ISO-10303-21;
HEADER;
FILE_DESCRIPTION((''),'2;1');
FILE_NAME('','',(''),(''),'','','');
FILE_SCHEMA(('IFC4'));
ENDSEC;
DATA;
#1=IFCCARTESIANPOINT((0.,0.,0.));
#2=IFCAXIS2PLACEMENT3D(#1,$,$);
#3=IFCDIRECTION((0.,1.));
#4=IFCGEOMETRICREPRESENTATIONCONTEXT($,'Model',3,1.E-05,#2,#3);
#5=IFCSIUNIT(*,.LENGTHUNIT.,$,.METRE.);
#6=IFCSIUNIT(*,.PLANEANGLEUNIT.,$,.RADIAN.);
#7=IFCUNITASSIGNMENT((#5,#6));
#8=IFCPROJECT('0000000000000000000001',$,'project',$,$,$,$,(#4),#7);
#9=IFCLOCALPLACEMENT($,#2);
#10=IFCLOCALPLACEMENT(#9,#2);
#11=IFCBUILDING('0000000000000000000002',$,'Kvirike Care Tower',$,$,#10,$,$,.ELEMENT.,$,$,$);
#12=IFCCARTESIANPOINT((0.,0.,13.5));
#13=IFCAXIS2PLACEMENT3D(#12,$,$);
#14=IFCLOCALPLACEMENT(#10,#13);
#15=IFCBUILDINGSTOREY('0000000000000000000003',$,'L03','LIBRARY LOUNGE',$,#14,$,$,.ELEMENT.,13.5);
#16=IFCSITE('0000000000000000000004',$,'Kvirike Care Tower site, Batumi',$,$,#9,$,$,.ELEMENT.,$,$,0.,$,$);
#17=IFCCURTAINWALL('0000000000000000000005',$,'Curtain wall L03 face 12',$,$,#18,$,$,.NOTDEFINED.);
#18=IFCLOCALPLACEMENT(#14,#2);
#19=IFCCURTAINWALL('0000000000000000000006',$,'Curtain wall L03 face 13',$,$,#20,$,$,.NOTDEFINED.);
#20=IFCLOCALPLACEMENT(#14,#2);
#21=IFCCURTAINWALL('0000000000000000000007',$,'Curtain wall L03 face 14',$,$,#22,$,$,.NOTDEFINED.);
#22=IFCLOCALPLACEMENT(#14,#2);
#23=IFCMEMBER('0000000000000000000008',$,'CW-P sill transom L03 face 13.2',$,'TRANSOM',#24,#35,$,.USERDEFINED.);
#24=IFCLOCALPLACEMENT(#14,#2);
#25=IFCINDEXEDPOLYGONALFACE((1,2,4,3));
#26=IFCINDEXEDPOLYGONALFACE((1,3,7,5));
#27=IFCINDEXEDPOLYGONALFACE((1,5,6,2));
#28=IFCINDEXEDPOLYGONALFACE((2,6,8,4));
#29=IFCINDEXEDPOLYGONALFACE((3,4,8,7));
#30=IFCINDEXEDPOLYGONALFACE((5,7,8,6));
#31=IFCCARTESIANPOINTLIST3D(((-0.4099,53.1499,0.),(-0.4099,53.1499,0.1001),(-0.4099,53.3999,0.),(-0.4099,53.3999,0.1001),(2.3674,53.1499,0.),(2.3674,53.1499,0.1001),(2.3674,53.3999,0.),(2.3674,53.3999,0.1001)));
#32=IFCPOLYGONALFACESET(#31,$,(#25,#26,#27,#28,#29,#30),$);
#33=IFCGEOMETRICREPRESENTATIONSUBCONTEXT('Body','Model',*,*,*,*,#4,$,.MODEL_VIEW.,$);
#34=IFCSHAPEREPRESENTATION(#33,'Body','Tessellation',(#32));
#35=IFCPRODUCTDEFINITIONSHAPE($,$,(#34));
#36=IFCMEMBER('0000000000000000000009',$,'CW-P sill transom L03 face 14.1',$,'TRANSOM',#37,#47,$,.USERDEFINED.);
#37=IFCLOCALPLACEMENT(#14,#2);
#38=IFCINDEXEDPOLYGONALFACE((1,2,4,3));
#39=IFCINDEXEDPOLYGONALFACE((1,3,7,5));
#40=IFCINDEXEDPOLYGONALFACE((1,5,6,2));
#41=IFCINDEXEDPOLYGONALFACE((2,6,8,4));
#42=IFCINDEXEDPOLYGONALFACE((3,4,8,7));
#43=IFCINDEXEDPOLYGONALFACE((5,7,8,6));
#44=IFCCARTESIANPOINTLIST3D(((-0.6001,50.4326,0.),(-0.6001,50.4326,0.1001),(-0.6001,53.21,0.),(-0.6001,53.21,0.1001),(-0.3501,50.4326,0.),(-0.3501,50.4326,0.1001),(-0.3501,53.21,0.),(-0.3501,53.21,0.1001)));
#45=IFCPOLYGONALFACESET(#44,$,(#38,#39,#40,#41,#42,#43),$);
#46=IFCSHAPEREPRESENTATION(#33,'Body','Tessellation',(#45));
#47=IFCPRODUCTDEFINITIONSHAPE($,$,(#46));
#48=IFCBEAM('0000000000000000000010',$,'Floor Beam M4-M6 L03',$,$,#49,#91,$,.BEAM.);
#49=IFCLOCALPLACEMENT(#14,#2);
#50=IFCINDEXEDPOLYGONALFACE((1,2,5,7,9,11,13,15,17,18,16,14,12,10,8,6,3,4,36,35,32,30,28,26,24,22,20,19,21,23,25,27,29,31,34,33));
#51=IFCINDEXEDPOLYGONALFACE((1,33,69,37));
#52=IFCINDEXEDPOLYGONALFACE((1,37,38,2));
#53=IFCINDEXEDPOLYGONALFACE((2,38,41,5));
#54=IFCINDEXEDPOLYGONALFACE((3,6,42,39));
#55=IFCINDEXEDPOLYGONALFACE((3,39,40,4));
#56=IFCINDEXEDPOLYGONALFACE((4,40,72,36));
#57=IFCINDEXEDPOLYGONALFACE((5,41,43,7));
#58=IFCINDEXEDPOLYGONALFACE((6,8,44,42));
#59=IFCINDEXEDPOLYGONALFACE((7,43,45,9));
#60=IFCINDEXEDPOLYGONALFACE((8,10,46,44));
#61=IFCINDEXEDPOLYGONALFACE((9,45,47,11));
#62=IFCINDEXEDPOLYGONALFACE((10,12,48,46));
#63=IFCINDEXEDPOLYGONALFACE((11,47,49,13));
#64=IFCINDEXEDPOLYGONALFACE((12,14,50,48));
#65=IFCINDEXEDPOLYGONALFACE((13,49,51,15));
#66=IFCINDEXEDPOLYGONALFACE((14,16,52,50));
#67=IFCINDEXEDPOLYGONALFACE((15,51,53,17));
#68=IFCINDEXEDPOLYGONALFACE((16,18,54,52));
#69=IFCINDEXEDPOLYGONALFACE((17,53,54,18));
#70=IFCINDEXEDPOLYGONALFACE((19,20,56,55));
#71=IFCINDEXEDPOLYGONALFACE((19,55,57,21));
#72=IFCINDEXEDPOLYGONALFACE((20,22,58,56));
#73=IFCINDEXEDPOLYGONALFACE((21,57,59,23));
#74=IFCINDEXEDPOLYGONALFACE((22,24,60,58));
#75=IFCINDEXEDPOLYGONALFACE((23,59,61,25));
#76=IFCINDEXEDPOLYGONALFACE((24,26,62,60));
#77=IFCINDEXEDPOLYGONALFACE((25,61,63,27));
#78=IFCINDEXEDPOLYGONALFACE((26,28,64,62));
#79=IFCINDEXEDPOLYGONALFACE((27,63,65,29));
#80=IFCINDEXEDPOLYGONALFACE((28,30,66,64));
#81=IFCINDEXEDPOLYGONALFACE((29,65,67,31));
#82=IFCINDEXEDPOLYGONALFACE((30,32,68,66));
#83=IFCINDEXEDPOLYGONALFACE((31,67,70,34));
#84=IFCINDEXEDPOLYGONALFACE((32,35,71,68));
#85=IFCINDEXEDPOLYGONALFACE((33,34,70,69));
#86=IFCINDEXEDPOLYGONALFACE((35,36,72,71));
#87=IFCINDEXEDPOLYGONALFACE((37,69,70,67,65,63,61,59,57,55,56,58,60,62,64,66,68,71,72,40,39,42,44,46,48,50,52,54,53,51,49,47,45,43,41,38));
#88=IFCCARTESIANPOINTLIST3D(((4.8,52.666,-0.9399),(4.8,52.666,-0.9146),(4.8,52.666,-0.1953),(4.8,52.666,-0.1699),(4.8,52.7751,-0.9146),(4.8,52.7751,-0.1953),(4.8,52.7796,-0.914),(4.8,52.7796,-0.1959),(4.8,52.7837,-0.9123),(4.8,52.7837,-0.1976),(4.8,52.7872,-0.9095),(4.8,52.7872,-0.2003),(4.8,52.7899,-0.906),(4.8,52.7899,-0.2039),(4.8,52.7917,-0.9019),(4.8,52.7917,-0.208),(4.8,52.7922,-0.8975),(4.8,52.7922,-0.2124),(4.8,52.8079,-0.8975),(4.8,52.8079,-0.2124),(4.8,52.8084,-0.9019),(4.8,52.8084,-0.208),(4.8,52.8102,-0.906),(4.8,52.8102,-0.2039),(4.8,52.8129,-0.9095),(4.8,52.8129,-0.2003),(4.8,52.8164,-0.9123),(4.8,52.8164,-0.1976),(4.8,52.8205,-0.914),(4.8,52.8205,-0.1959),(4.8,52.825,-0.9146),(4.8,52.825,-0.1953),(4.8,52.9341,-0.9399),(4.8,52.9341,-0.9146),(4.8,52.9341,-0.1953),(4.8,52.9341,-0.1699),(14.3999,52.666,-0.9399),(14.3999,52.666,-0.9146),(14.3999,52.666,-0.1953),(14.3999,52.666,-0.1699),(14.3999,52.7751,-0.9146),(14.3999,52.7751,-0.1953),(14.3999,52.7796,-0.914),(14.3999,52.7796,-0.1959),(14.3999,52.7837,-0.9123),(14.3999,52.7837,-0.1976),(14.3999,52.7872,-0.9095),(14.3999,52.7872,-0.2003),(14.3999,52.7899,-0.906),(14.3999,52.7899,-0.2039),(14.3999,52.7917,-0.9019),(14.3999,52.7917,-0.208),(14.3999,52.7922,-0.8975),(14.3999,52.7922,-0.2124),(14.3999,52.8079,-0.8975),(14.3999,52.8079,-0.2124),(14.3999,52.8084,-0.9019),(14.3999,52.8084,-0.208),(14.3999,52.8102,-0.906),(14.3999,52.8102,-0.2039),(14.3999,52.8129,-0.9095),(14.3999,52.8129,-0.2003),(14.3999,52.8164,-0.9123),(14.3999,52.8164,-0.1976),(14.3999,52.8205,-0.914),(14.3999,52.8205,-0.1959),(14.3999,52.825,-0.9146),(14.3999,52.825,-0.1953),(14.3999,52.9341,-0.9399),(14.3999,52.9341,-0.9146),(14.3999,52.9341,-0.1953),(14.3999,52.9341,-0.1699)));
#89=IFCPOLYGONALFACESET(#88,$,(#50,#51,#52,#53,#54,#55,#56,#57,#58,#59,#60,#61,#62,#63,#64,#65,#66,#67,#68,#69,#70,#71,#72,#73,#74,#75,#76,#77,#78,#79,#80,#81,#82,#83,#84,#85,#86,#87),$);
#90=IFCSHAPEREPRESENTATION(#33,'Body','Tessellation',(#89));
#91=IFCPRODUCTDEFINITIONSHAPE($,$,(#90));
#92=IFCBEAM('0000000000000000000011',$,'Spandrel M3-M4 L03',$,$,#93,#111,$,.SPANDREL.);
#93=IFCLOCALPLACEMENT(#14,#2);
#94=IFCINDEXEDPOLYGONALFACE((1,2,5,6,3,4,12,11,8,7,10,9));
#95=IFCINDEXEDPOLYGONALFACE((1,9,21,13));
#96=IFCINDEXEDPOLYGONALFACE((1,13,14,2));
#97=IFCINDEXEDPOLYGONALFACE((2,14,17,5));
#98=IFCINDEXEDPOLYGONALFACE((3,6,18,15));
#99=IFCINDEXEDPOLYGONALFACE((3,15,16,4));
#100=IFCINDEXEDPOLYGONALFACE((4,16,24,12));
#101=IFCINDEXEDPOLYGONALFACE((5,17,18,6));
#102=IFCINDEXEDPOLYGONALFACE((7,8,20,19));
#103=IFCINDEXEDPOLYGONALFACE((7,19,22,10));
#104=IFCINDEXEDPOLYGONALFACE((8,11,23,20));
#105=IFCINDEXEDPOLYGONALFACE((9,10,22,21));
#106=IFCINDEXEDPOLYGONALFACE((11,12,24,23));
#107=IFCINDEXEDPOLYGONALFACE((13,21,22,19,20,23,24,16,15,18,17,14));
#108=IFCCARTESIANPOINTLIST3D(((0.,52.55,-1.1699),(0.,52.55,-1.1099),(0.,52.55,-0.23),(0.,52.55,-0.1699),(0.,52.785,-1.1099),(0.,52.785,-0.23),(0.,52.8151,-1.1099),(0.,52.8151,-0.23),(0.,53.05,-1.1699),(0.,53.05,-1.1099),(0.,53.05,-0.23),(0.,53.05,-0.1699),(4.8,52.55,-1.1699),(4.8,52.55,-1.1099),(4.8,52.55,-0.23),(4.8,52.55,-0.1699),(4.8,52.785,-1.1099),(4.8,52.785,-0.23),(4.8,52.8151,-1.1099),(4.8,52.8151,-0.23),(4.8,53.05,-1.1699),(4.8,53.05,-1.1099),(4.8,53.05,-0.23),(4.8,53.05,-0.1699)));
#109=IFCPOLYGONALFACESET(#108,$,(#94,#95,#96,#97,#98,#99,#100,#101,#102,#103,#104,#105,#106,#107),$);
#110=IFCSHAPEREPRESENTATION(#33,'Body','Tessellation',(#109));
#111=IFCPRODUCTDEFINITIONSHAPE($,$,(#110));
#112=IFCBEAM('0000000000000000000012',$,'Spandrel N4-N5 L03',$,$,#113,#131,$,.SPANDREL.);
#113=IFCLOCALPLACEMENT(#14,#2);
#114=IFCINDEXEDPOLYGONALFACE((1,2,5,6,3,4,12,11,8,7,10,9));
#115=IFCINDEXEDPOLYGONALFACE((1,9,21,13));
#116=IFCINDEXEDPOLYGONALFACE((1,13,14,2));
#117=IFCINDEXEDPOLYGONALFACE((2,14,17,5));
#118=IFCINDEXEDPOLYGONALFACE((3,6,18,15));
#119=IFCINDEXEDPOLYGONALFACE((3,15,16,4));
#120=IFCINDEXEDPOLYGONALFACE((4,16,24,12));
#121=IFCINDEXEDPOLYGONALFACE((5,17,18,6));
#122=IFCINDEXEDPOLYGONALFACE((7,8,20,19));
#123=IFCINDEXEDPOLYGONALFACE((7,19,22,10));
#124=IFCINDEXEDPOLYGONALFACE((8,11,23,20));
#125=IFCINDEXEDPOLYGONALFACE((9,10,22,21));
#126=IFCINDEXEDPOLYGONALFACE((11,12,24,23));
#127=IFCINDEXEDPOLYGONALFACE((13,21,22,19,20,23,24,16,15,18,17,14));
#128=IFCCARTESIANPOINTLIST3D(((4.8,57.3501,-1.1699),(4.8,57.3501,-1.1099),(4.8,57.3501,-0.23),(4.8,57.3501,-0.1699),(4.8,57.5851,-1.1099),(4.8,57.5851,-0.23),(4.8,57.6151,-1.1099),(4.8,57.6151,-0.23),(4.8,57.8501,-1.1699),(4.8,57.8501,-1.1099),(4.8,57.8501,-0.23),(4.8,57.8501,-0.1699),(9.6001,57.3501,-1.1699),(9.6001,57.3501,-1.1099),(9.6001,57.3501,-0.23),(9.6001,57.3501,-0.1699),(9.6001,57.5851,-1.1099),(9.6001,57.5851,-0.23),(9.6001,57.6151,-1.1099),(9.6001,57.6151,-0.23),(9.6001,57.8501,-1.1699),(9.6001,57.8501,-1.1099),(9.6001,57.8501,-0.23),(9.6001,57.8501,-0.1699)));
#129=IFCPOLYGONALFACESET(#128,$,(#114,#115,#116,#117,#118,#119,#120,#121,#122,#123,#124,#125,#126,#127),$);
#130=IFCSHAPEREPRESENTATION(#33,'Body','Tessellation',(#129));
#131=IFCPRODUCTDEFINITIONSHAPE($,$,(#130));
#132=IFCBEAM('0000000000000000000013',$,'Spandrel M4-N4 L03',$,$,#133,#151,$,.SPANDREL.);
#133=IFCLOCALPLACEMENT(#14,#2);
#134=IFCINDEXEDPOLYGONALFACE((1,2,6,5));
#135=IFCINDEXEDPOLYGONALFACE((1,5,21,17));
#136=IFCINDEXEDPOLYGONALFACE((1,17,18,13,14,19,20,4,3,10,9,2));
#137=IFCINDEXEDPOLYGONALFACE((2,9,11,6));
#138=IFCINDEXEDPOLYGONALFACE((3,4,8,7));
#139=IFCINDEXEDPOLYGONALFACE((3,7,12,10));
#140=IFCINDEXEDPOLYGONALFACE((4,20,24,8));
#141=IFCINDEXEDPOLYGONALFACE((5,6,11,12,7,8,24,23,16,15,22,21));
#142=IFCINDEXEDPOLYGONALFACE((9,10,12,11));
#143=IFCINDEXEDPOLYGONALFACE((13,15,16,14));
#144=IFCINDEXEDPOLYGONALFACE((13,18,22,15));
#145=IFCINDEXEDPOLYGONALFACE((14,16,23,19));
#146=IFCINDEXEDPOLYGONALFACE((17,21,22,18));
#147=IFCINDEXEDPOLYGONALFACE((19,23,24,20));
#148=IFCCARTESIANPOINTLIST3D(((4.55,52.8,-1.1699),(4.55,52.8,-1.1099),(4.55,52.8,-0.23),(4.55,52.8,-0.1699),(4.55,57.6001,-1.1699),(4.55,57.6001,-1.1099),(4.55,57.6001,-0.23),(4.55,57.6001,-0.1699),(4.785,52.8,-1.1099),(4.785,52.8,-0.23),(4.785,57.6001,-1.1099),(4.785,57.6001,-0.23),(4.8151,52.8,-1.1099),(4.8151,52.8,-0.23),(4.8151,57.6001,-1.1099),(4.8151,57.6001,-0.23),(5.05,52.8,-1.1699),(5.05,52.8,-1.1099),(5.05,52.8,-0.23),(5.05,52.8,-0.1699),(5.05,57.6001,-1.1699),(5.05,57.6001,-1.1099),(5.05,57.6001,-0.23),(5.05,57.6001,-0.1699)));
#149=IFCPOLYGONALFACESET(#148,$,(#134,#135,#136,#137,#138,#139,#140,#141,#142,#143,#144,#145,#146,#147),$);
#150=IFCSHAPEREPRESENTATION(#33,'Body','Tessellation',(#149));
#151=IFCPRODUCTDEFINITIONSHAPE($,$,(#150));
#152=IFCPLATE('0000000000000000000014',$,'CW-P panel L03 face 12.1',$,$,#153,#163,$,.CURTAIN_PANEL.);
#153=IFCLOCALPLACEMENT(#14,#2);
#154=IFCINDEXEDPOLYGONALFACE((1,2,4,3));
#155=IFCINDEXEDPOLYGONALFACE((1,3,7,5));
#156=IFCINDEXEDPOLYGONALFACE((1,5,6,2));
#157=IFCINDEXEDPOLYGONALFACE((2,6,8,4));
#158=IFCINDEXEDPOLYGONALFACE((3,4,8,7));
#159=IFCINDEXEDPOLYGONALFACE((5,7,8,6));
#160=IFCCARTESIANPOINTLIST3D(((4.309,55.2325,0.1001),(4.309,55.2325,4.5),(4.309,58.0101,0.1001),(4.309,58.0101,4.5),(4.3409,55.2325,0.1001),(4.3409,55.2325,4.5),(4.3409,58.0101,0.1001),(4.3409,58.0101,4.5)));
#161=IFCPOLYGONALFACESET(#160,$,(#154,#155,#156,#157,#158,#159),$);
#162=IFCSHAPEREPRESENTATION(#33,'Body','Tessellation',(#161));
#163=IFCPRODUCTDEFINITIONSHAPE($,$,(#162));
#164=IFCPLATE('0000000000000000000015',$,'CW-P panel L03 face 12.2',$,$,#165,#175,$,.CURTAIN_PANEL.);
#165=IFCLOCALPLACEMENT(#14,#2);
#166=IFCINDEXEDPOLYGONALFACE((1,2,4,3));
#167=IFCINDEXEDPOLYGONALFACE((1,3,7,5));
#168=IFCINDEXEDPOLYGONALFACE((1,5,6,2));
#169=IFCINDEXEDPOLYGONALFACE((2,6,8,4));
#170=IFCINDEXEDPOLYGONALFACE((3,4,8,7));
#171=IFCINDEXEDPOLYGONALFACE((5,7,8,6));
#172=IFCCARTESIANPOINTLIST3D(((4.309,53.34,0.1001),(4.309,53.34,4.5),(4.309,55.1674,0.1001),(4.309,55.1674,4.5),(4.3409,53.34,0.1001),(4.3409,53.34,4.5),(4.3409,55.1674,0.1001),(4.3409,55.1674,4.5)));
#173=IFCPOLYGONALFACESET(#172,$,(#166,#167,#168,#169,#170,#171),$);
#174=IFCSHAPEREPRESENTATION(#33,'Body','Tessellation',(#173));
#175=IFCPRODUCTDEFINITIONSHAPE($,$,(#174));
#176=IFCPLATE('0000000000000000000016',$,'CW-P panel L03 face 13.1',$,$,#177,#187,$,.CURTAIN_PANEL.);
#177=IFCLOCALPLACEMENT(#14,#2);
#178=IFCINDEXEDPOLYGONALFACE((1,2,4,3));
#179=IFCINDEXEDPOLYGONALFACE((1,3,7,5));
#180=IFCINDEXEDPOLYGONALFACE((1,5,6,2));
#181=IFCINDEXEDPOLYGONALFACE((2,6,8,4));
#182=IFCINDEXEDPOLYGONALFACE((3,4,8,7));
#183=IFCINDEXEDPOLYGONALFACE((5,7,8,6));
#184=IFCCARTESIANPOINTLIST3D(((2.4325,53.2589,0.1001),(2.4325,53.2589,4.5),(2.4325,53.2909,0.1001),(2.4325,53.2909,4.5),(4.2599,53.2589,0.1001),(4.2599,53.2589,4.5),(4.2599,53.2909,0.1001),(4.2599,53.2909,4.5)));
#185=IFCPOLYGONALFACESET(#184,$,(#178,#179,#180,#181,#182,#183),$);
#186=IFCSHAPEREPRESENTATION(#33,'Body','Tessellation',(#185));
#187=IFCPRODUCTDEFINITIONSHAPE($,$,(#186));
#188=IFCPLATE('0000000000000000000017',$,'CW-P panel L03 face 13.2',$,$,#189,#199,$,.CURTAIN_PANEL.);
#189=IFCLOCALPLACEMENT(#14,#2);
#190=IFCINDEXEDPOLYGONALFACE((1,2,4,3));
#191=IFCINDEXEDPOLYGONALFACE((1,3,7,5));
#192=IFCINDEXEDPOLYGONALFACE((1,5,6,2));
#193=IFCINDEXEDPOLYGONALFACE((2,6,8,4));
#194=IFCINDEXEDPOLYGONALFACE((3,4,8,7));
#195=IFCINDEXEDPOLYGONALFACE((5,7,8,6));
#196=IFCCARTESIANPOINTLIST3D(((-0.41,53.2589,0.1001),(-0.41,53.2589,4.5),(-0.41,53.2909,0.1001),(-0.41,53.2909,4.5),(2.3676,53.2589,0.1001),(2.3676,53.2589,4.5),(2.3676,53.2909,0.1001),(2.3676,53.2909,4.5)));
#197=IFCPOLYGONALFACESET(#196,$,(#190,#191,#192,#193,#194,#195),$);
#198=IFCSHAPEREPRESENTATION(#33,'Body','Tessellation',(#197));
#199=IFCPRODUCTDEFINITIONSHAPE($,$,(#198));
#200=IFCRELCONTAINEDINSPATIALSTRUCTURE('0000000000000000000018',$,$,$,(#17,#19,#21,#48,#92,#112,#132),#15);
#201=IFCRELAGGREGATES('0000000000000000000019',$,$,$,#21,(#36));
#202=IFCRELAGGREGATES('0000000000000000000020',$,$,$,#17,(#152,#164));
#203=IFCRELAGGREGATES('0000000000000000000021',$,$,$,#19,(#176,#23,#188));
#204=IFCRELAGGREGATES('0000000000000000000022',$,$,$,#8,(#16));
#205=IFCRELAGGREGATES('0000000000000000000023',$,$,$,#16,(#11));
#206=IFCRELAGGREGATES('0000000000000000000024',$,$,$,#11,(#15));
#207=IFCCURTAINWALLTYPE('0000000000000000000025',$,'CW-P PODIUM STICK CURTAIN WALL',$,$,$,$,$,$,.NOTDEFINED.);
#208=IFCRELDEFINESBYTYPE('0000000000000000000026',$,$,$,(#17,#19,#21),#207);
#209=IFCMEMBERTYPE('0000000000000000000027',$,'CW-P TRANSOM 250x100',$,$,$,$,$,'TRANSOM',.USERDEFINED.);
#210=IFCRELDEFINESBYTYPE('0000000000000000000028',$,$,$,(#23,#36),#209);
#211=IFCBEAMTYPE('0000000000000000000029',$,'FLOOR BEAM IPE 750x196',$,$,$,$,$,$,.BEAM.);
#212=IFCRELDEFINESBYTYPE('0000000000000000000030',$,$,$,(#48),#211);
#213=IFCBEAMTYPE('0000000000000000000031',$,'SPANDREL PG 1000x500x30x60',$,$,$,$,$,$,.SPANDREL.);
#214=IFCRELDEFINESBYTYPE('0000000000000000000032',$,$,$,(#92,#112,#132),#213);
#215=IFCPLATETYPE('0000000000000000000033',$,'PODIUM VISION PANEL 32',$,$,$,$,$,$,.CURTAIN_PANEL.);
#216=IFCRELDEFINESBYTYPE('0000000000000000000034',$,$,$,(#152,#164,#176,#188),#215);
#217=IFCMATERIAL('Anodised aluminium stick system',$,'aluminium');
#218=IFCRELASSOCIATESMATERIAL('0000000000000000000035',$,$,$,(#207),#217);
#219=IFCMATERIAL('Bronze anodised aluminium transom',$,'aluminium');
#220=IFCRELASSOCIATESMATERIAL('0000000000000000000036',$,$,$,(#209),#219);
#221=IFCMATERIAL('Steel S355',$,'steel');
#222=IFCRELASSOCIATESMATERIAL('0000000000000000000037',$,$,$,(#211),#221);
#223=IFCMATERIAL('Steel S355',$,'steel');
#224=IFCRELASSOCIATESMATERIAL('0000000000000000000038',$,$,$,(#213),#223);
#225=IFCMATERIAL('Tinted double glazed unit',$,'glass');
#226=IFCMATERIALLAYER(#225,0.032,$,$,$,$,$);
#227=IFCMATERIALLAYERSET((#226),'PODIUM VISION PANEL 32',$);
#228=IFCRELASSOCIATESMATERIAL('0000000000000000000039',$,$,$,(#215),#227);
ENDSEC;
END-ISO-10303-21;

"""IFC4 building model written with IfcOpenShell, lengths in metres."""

from ifc_helpers import new_model, si_unit, direction, frame, origin, origin_2d, place, context, subcontext, project, spatial, rectangle, i_section, extrude, material, layer, layer_set, material_profile, profile_set, type_object, element, aggregate, save


model = new_model("IFC4")

# Units and contexts
model_context = context("Model", 3, precision=1e-05, world=origin(), true_north=direction((0.0, 1.0)))
body_context = subcontext(model_context, "Body", "Model", "MODEL_VIEW")
ifc_project = project(units=[si_unit("LENGTHUNIT", "METRE"), si_unit("PLANEANGLEUNIT", "RADIAN")], contexts=[model_context])

# Site, building, storey
site_placement = place(None, origin())
site = spatial("IfcSite", under=ifc_project, at=site_placement, Name="Kvirike Care Tower site, Batumi", CompositionType="ELEMENT", RefElevation=0.0)
building_placement = place(site_placement, origin())
building = spatial("IfcBuilding", under=site, at=building_placement, Name="Kvirike Care Tower", CompositionType="ELEMENT")
storey_placement = place(building_placement, frame((0.0, 0.0, 13.5)))
storey = spatial("IfcBuildingStorey", under=building, at=storey_placement, Name="L03", Description="LIBRARY LOUNGE", CompositionType="ELEMENT", Elevation=13.5)

# Shared definitions
ifc_material_1 = material(Name="Anodised aluminium stick system", Category="aluminium")
curtain_wall_type = type_object("IfcCurtainWallType", Name="CW-P PODIUM STICK CURTAIN WALL", PredefinedType="NOTDEFINED", material=ifc_material_1)

# Curtain walls
curtain_wall_1_placement = place(storey_placement, origin())
curtain_wall_1 = element("IfcCurtainWall", 1, at=curtain_wall_1_placement, inside=storey, type_object=curtain_wall_type, Name="Curtain wall L03 face 12", PredefinedType="NOTDEFINED")
curtain_wall_2_placement = place(storey_placement, origin())
curtain_wall_2 = element("IfcCurtainWall", 2, at=curtain_wall_2_placement, inside=storey, type_object=curtain_wall_type, Name="Curtain wall L03 face 13", PredefinedType="NOTDEFINED")

# Curtain wall
curtain_wall_3_placement = place(storey_placement, origin())
curtain_wall_3 = element("IfcCurtainWall", 3, at=curtain_wall_3_placement, inside=storey, type_object=curtain_wall_type, Name="Curtain wall L03 face 14", PredefinedType="NOTDEFINED")

# Members
ifc_material_2 = material(Name="Bronze anodised aluminium transom", Category="aluminium")
ifc_material_profile_1 = material_profile(ifc_material_2, rectangle(XDim=0.25, YDim=0.1001, at=origin_2d()), Name="CW-P TRANSOM 250x100")
ifc_profile_set_1 = profile_set([ifc_material_profile_1], Name="Bronze anodised aluminium transom")
member_type_1 = type_object("IfcMemberType", Name="CW-P TRANSOM 250x100", ElementType="TRANSOM", PredefinedType="USERDEFINED", material=ifc_profile_set_1)
member_1_placement = place(storey_placement, frame((2.3674, 53.2749, 0.05), z_axis=(-1.0, 0.0, 0.0), x_axis=(0.0, -1.0, 0.0)))
member_1 = element("IfcMember", 4, at=member_1_placement, type_object=member_type_1, Name="CW-P sill transom L03 face 13.2", ObjectType="TRANSOM", PredefinedType="USERDEFINED", context=body_context, shape_type="SweptSolid", body=[
    extrude(rectangle(XDim=0.25, YDim=0.1001, at=origin_2d()), origin(), (0.0, 0.0, 1.0), 2.7773),
])
member_2_placement = place(storey_placement, frame((-0.4751, 53.21, 0.05), z_axis=(0.0, -1.0, 0.0), x_axis=(1.0, 0.0, 0.0)))
member_2 = element("IfcMember", 5, at=member_2_placement, type_object=member_type_1, Name="CW-P sill transom L03 face 14.1", ObjectType="TRANSOM", PredefinedType="USERDEFINED", context=body_context, shape_type="SweptSolid", body=[
    extrude(rectangle(XDim=0.25, YDim=0.1001, at=origin_2d()), origin(), (0.0, 0.0, 1.0), 2.7773),
])
aggregate(curtain_wall_3, [member_2])

# Beams
ifc_material_3 = material(Name="Steel S355", Category="steel")
ifc_material_profile_2 = material_profile(ifc_material_3, i_section(OverallWidth=0.2681, OverallDepth=0.77, WebThickness=0.0156, FlangeThickness=0.0254, FilletRadius=0.0171, at=origin_2d()), Name="IPE 750x196")
ifc_profile_set_2 = profile_set([ifc_material_profile_2], Name="Steel S355")
beam_type_1 = type_object("IfcBeamType", Name="FLOOR BEAM IPE 750x196", PredefinedType="BEAM", material=ifc_profile_set_2)
beam_placement = place(storey_placement, frame((4.8, 52.8, -0.5549), z_axis=(1.0, 0.0, 0.0), x_axis=(0.0, 1.0, 0.0)))
element("IfcBeam", 6, at=beam_placement, inside=storey, type_object=beam_type_1, Name="Floor Beam M4-M6 L03", PredefinedType="BEAM", context=body_context, shape_type="SweptSolid", body=[
    extrude(i_section(OverallWidth=0.2681, OverallDepth=0.77, WebThickness=0.0156, FlangeThickness=0.0254, FilletRadius=0.0171, at=origin_2d()), origin(), (0.0, 0.0, 1.0), 9.5999),
])
ifc_material_4 = material(Name="Steel S355", Category="steel")
ifc_material_profile_3 = material_profile(ifc_material_4, i_section(OverallWidth=0.5, OverallDepth=1.0, WebThickness=0.03, FlangeThickness=0.0601, at=origin_2d()), Name="PG 1000x500x30x60")
ifc_profile_set_3 = profile_set([ifc_material_profile_3], Name="Steel S355")
beam_type_2 = type_object("IfcBeamType", Name="SPANDREL PG 1000x500x30x60", PredefinedType="SPANDREL", material=ifc_profile_set_3)
for number, where, z_axis, x_axis, name in (
    (7, (0.0, 52.8, -0.6699), (1.0, 0.0, 0.0), (0.0, 1.0, 0.0), "Spandrel M3-M4 L03"),
    (8, (4.8, 57.6001, -0.6699), (1.0, 0.0, 0.0), (0.0, 1.0, 0.0), "Spandrel N4-N5 L03"),
    (9, (4.8, 52.8, -0.6699), (0.0, 1.0, 0.0), (-1.0, 0.0, 0.0), "Spandrel M4-N4 L03"),
):
    element("IfcBeam", number, at=place(storey_placement, frame(where, z_axis=z_axis, x_axis=x_axis)), inside=storey, type_object=beam_type_2, Name=name, PredefinedType="SPANDREL", context=body_context, shape_type="SweptSolid", body=[
        extrude(i_section(OverallWidth=0.5, OverallDepth=1.0, WebThickness=0.03, FlangeThickness=0.0601, at=origin_2d()), origin(), (0.0, 0.0, 1.0), 4.8),
    ])

# Plates
ifc_material_5 = material(Name="Tinted double glazed unit", Category="glass")
ifc_layer = layer(ifc_material_5, 0.032)
ifc_layer_set = layer_set([ifc_layer], Name="PODIUM VISION PANEL 32")
plate_type = type_object("IfcPlateType", Name="PODIUM VISION PANEL 32", PredefinedType="CURTAIN_PANEL", material=ifc_layer_set)
plate_1_placement = place(storey_placement, frame((4.325, 56.6213, 0.1001), z_axis=(0.0, 0.0, 1.0), x_axis=(0.0, -1.0, 0.0)))
plate_1 = element("IfcPlate", 10, at=plate_1_placement, type_object=plate_type, Name="CW-P panel L03 face 12.1", PredefinedType="CURTAIN_PANEL", context=body_context, shape_type="SweptSolid", body=[
    extrude(rectangle(XDim=2.7776, YDim=0.032, at=origin_2d()), origin(), (0.0, 0.0, 1.0), 4.3999),
])
plate_2_placement = place(storey_placement, frame((4.325, 54.2537, 0.1001), z_axis=(0.0, 0.0, 1.0), x_axis=(0.0, -1.0, 0.0)))
plate_2 = element("IfcPlate", 11, at=plate_2_placement, type_object=plate_type, Name="CW-P panel L03 face 12.2", PredefinedType="CURTAIN_PANEL", context=body_context, shape_type="SweptSolid", body=[
    extrude(rectangle(XDim=1.8274, YDim=0.032, at=origin_2d()), origin(), (0.0, 0.0, 1.0), 4.3999),
])
aggregate(curtain_wall_1, [plate_1, plate_2])
plate_3_placement = place(storey_placement, frame((3.3462, 53.2749, 0.1001), z_axis=(0.0, 0.0, 1.0), x_axis=(-1.0, 0.0, 0.0)))
plate_3 = element("IfcPlate", 12, at=plate_3_placement, type_object=plate_type, Name="CW-P panel L03 face 13.1", PredefinedType="CURTAIN_PANEL", context=body_context, shape_type="SweptSolid", body=[
    extrude(rectangle(XDim=1.8274, YDim=0.032, at=origin_2d()), origin(), (0.0, 0.0, 1.0), 4.3999),
])
plate_4_placement = place(storey_placement, frame((0.9788, 53.2749, 0.1001), z_axis=(0.0, 0.0, 1.0), x_axis=(-1.0, 0.0, 0.0)))
plate_4 = element("IfcPlate", 13, at=plate_4_placement, type_object=plate_type, Name="CW-P panel L03 face 13.2", PredefinedType="CURTAIN_PANEL", context=body_context, shape_type="SweptSolid", body=[
    extrude(rectangle(XDim=2.7776, YDim=0.032, at=origin_2d()), origin(), (0.0, 0.0, 1.0), 4.3999),
])
aggregate(curtain_wall_2, [plate_3, member_1, plate_4])

save(model, "model.ifc")
